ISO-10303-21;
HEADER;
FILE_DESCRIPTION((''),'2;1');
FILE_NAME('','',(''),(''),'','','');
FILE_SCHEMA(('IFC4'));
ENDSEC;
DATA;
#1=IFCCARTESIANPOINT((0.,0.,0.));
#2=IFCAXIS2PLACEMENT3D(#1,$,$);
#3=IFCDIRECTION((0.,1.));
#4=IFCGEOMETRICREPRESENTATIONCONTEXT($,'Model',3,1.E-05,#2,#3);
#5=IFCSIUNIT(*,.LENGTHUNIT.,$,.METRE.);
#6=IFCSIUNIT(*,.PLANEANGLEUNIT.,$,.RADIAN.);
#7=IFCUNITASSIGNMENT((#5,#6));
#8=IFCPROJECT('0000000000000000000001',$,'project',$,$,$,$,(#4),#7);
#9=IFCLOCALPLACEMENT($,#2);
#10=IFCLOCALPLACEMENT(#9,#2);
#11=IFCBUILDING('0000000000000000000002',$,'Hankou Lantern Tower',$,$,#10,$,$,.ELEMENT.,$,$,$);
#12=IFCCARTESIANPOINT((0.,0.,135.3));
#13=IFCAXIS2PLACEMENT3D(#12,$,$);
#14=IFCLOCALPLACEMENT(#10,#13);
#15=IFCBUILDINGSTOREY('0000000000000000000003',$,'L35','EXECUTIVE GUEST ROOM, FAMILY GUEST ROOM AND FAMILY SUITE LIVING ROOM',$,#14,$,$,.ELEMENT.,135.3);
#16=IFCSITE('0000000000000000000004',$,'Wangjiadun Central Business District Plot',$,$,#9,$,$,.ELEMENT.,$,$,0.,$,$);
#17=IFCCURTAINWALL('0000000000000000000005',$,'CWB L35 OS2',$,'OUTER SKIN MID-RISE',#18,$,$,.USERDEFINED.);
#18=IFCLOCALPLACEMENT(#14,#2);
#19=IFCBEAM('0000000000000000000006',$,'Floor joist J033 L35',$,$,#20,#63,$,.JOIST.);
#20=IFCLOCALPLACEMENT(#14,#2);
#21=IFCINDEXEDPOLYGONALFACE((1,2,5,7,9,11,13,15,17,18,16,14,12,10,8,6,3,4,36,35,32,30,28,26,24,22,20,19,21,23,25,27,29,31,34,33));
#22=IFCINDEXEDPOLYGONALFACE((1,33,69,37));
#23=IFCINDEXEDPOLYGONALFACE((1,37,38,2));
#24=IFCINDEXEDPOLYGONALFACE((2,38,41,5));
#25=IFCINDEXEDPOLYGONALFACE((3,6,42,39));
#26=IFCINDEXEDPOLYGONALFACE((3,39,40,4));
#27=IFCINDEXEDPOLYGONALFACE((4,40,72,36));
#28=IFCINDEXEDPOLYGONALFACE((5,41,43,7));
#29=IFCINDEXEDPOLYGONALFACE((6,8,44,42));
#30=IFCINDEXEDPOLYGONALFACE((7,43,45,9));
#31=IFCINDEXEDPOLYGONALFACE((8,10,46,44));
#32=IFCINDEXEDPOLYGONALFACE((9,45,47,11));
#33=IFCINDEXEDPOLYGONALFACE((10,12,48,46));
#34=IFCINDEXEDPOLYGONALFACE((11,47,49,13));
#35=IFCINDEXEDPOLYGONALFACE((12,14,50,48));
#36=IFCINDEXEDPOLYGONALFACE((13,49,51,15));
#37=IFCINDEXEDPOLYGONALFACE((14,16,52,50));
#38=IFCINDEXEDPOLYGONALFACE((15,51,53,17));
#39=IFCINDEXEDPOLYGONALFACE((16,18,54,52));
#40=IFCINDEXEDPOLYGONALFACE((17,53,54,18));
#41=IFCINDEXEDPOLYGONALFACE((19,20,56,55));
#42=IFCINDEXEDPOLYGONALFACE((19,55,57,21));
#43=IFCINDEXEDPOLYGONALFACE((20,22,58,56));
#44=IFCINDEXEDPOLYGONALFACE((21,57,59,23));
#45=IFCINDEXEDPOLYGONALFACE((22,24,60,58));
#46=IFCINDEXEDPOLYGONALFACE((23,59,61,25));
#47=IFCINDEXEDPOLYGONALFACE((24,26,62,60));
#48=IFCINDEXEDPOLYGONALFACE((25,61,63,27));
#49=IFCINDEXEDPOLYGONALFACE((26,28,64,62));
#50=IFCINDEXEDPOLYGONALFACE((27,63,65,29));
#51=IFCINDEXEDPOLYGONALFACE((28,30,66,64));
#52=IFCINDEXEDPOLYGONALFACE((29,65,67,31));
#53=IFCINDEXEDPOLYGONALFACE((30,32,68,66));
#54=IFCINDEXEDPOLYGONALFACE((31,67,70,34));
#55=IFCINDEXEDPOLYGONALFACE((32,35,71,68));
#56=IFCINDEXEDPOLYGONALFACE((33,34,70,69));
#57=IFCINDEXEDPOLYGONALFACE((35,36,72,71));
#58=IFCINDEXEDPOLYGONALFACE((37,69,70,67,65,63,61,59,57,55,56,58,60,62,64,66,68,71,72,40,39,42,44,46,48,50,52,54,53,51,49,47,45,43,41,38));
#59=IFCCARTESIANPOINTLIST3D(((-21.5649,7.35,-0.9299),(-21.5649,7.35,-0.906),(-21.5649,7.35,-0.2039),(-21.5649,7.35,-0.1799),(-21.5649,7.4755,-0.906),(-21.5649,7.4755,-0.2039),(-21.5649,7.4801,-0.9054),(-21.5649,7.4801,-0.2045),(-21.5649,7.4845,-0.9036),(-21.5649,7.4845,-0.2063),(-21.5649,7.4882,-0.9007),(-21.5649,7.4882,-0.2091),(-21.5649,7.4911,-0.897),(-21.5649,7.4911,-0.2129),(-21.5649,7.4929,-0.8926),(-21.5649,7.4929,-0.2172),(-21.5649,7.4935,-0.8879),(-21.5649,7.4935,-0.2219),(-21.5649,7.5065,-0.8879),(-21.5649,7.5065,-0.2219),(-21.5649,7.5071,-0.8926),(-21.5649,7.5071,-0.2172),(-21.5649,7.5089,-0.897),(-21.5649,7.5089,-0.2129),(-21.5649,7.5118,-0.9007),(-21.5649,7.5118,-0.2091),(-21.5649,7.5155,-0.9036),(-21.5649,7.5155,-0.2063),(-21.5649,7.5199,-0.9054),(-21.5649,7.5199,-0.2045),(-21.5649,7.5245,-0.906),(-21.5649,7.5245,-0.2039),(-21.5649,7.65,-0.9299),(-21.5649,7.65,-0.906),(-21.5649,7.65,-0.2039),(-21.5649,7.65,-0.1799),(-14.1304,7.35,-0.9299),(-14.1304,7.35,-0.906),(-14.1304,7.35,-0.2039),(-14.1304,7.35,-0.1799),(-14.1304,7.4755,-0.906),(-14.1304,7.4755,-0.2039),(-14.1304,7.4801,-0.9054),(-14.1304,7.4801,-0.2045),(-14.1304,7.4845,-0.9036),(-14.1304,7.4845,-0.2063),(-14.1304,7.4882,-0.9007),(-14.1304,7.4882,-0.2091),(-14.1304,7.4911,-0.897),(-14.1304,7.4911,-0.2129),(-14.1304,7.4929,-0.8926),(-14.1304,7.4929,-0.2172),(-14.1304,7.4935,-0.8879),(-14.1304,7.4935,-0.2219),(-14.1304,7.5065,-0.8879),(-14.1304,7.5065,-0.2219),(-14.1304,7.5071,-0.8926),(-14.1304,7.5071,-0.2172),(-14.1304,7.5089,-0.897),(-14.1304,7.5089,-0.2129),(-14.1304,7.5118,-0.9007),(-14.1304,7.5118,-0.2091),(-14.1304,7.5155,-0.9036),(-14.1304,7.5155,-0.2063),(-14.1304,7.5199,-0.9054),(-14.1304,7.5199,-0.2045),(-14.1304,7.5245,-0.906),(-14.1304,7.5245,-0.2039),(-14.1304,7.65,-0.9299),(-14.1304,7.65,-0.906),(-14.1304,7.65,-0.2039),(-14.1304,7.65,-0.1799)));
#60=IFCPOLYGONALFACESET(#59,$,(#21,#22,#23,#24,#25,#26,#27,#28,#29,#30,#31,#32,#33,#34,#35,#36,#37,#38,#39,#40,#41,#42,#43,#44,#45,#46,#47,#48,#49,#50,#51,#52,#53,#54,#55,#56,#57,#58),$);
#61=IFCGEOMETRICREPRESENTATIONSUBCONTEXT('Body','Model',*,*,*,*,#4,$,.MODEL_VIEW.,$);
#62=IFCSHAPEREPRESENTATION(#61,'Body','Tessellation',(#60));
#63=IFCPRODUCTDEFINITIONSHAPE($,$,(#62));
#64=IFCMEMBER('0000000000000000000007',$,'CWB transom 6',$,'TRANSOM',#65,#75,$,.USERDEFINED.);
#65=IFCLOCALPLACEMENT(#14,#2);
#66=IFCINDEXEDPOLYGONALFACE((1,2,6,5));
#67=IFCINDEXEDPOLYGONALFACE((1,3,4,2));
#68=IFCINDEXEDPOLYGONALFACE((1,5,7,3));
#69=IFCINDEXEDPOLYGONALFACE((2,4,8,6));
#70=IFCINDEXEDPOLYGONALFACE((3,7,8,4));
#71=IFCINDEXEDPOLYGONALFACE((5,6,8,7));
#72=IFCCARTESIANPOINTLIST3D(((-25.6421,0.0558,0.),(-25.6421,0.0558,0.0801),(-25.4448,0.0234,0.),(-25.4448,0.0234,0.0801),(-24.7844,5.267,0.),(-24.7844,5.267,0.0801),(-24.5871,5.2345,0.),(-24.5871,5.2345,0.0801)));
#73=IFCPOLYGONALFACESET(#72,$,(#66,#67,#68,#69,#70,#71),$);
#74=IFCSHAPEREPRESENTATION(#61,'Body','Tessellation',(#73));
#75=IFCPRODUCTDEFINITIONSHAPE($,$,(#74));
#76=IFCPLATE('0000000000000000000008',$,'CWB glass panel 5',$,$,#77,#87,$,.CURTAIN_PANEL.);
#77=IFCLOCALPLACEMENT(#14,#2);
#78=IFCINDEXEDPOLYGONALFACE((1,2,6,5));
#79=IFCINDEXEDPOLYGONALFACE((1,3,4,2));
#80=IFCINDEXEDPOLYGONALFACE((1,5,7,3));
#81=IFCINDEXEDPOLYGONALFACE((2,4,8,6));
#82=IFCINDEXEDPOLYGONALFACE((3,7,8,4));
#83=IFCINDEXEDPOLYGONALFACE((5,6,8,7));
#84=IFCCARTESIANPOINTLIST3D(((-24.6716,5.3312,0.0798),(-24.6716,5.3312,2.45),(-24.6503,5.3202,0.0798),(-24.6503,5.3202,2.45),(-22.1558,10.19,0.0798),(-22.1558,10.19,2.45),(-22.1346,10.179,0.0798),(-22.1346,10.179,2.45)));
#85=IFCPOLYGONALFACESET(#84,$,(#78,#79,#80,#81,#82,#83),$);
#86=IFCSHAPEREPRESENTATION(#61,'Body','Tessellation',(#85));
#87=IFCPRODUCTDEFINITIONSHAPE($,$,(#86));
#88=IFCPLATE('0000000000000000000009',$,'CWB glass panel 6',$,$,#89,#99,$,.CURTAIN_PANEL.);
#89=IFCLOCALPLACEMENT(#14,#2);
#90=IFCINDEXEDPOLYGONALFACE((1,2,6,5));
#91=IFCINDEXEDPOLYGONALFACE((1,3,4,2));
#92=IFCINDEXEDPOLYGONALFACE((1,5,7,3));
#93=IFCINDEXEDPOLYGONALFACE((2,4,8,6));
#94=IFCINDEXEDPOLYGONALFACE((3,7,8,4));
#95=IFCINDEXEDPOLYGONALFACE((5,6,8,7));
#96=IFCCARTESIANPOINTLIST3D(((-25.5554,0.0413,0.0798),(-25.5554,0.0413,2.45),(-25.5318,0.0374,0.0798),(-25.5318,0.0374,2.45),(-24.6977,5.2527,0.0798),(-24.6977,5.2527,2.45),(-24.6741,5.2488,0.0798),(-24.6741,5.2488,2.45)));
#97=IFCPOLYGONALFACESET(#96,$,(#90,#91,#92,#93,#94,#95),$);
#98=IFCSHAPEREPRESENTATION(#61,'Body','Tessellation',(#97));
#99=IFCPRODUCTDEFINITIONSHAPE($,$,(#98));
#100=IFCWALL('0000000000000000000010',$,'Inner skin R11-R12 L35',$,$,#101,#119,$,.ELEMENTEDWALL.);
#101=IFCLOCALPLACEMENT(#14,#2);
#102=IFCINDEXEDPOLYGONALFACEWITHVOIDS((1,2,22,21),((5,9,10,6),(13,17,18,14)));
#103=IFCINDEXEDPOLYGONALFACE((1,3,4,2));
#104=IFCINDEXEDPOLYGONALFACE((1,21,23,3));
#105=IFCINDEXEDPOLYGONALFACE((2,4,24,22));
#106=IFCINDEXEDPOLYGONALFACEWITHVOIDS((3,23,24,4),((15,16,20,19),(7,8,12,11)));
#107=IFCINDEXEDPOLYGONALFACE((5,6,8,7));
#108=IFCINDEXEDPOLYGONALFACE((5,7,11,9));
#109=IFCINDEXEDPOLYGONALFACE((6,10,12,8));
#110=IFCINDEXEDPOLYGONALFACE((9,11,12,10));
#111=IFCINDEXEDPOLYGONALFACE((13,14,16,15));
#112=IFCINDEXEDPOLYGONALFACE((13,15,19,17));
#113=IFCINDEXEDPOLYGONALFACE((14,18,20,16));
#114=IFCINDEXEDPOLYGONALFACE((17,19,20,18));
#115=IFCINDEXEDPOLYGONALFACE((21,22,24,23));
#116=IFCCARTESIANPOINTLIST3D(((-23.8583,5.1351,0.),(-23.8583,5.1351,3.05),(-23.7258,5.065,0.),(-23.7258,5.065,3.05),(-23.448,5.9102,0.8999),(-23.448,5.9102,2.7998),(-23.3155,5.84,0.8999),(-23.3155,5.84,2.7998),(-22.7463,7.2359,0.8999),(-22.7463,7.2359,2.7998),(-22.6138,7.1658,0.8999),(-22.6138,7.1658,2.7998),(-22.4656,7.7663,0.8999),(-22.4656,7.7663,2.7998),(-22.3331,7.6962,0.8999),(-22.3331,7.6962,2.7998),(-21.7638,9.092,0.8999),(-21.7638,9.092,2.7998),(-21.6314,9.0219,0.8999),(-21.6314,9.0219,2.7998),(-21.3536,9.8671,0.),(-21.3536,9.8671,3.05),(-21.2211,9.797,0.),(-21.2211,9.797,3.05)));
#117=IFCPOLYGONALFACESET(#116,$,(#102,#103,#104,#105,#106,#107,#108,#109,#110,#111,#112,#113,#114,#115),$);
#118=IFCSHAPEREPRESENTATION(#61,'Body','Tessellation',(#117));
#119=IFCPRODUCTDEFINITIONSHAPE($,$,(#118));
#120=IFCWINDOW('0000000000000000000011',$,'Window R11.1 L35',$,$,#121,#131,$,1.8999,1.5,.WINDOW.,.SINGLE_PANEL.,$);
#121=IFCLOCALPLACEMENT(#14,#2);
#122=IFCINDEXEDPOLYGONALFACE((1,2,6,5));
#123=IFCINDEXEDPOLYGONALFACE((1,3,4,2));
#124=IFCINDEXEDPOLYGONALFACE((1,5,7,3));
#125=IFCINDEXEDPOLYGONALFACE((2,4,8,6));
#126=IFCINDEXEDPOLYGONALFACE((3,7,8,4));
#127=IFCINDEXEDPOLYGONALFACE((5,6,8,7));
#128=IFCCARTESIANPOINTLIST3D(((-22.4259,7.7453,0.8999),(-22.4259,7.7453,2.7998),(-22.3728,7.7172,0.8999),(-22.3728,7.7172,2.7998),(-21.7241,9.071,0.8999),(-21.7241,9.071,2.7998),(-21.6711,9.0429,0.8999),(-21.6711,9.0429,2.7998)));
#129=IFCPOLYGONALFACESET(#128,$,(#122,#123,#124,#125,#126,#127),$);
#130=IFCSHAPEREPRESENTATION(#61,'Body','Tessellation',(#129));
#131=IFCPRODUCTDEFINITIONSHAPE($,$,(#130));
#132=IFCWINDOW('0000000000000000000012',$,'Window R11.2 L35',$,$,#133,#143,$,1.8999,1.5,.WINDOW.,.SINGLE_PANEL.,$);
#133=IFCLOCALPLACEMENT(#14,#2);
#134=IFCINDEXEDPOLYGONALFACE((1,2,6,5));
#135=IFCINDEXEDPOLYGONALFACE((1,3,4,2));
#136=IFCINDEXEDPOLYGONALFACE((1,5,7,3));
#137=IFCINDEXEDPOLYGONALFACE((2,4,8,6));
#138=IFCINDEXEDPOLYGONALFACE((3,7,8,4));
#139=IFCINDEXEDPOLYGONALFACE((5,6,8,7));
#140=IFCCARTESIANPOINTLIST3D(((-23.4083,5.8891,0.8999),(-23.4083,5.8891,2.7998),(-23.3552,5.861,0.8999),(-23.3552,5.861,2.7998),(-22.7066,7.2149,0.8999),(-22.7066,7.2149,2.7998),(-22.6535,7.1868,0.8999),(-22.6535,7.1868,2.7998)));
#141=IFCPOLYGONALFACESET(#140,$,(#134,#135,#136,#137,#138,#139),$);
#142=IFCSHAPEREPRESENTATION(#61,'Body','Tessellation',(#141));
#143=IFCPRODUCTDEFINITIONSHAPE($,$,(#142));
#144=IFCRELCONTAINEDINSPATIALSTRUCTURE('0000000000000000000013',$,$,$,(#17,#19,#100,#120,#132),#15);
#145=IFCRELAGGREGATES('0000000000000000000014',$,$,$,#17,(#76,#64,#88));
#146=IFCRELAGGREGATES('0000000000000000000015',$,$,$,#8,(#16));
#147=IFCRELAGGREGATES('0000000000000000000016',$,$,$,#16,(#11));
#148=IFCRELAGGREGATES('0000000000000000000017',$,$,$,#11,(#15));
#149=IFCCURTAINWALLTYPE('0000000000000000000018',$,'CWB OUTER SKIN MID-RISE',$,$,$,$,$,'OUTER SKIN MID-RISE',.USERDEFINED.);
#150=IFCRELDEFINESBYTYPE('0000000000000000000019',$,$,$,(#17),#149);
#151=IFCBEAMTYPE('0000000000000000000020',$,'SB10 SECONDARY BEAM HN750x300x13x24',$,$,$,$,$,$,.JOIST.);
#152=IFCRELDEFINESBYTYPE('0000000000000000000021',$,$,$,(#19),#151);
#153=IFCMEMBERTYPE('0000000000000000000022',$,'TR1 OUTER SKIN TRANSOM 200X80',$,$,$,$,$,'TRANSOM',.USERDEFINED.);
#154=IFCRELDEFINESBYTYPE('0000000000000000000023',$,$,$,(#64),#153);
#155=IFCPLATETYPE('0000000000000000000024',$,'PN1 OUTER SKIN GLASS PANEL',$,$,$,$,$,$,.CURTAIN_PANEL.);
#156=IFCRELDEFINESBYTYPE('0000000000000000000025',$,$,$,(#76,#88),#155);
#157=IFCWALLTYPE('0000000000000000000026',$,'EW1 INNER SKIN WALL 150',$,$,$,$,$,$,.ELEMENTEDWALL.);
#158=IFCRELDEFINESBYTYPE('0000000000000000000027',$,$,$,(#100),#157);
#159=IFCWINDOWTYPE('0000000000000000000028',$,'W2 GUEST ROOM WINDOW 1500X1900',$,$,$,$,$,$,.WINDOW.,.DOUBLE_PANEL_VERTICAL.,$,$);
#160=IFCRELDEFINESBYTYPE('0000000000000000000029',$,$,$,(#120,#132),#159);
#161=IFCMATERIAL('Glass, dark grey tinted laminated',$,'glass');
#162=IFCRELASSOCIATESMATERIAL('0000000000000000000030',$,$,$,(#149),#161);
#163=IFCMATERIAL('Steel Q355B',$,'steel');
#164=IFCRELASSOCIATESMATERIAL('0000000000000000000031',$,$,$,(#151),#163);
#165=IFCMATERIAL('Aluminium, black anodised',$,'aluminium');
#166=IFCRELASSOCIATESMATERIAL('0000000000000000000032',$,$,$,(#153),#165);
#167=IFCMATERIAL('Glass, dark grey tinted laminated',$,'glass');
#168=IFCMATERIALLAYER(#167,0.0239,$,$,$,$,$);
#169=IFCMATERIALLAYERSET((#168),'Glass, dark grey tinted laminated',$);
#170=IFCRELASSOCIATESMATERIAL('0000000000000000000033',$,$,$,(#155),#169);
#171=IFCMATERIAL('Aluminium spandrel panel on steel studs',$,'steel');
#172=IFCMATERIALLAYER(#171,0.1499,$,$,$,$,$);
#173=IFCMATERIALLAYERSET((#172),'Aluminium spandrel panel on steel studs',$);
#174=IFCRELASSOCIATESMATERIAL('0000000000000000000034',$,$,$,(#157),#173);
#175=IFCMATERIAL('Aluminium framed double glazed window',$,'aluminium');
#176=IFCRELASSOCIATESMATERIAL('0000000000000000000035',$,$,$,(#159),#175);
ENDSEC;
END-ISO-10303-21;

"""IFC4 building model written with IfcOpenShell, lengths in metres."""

from ifc_helpers import new_model, si_unit, direction, frame, frame_2d, origin, origin_2d, place, context, subcontext, project, spatial, rectangle, i_section, extrude, material, layer, layer_set, material_profile, profile_set, type_object, element, fill, aggregate, save


model = new_model("IFC4")

# Units and contexts
model_context = context("Model", 3, precision=1e-05, world=origin(), true_north=direction((0.0, 1.0)))
body_context = subcontext(model_context, "Body", "Model", "MODEL_VIEW")
ifc_project = project(units=[si_unit("LENGTHUNIT", "METRE"), si_unit("PLANEANGLEUNIT", "RADIAN")], contexts=[model_context])

# Site, building, storey
site_placement = place(None, origin())
site = spatial("IfcSite", under=ifc_project, at=site_placement, Name="Wangjiadun Central Business District Plot", CompositionType="ELEMENT", RefElevation=0.0)
building_placement = place(site_placement, origin())
building = spatial("IfcBuilding", under=site, at=building_placement, Name="Hankou Lantern Tower", CompositionType="ELEMENT")
storey_placement = place(building_placement, frame((0.0, 0.0, 135.3)))
storey = spatial("IfcBuildingStorey", under=building, at=storey_placement, Name="L35", Description="EXECUTIVE GUEST ROOM, FAMILY GUEST ROOM AND FAMILY SUITE LIVING ROOM", CompositionType="ELEMENT", Elevation=135.3)

# Curtain wall
ifc_material_1 = material(Name="Glass, dark grey tinted laminated", Category="glass")
curtain_wall_type = type_object("IfcCurtainWallType", Name="CWB OUTER SKIN MID-RISE", ElementType="OUTER SKIN MID-RISE", PredefinedType="USERDEFINED", material=ifc_material_1)
curtain_wall_placement = place(storey_placement, origin())
curtain_wall = element("IfcCurtainWall", 1, at=curtain_wall_placement, inside=storey, type_object=curtain_wall_type, Name="CWB L35 OS2", ObjectType="OUTER SKIN MID-RISE", PredefinedType="USERDEFINED")

# Beam
ifc_material_2 = material(Name="Steel Q355B", Category="steel")
ifc_material_profile_1 = material_profile(ifc_material_2, i_section(OverallWidth=0.3, OverallDepth=0.75, WebThickness=0.0129, FlangeThickness=0.0239, FilletRadius=0.0181, at=origin_2d()), Name="HN750x300x13x24")
ifc_profile_set_1 = profile_set([ifc_material_profile_1], Name="Steel Q355B")
beam_type_1 = type_object("IfcBeamType", Name="SB10 SECONDARY BEAM HN750x300x13x24", PredefinedType="JOIST", material=ifc_profile_set_1)
beam_1_placement = place(storey_placement, frame((-21.5649, 7.5, -0.5549), z_axis=(1.0, 0.0, 0.0), x_axis=(0.0, 1.0, 0.0)))
element("IfcBeam", 2, at=beam_1_placement, inside=storey, type_object=beam_type_1, Name="Floor joist J033 L35", PredefinedType="JOIST", context=body_context, shape_type="SweptSolid", body=[
    extrude(i_section(OverallWidth=0.3, OverallDepth=0.75, WebThickness=0.0129, FlangeThickness=0.0239, FilletRadius=0.0181, at=origin_2d()), origin(), (0.0, 0.0, 1.0), 7.4346),
])

# Member
ifc_material_3 = material(Name="Aluminium, black anodised", Category="aluminium")
ifc_material_profile_2 = material_profile(ifc_material_3, rectangle(XDim=0.2, YDim=0.0801, at=origin_2d()), Name="TR1 200X80")
ifc_profile_set_2 = profile_set([ifc_material_profile_2], Name="Aluminium, black anodised")
member_type_1 = type_object("IfcMemberType", Name="TR1 OUTER SKIN TRANSOM 200X80", ElementType="TRANSOM", PredefinedType="USERDEFINED", material=ifc_profile_set_2)
member_1_placement = place(storey_placement, frame((-24.6858, 5.2507, 0.04), z_axis=(-0.162397, -0.986725, 0.0), x_axis=(0.986725, -0.162397, 0.0)))
member_1 = element("IfcMember", 3, at=member_1_placement, type_object=member_type_1, Name="CWB transom 6", ObjectType="TRANSOM", PredefinedType="USERDEFINED", context=body_context, shape_type="SweptSolid", body=[
    extrude(rectangle(XDim=0.2, YDim=0.0801, at=origin_2d()), origin(), (0.0, 0.0, 1.0), 5.2812),
])

# Plates
ifc_material_4 = material(Name="Glass, dark grey tinted laminated", Category="glass")
ifc_layer_1 = layer(ifc_material_4, 0.0239)
ifc_layer_set_1 = layer_set([ifc_layer_1], Name="Glass, dark grey tinted laminated")
plate_type = type_object("IfcPlateType", Name="PN1 OUTER SKIN GLASS PANEL", PredefinedType="CURTAIN_PANEL", material=ifc_layer_set_1)
plate_1_placement = place(storey_placement, frame((-23.4031, 7.7551, 0.0798), z_axis=(0.0, 0.0, 1.0), x_axis=(-0.459791, -0.888027, 0.0)))
plate_1 = element("IfcPlate", 4, at=plate_1_placement, type_object=plate_type, Name="CWB glass panel 5", PredefinedType="CURTAIN_PANEL", context=body_context, shape_type="SweptSolid", body=[
    extrude(rectangle(XDim=5.4714, YDim=0.0239, at=origin_2d()), origin(), (0.0, 0.0, 1.0), 2.3701),
])
plate_2_placement = place(storey_placement, frame((-25.1147, 2.645, 0.0798), z_axis=(0.0, 0.0, 1.0), x_axis=(-0.162382, -0.986728, 0.0)))
plate_2 = element("IfcPlate", 5, at=plate_2_placement, type_object=plate_type, Name="CWB glass panel 6", PredefinedType="CURTAIN_PANEL", context=body_context, shape_type="SweptSolid", body=[
    extrude(rectangle(XDim=5.2815, YDim=0.0239, at=origin_2d()), origin(), (0.0, 0.0, 1.0), 2.3701),
])
aggregate(curtain_wall, [plate_1, member_1, plate_2])

# Wall, openings, windows
ifc_material_5 = material(Name="Aluminium spandrel panel on steel studs", Category="steel")
ifc_layer_2 = layer(ifc_material_5, 0.1499)
ifc_layer_set_2 = layer_set([ifc_layer_2], Name="Aluminium spandrel panel on steel studs")
wall_type = type_object("IfcWallType", Name="EW1 INNER SKIN WALL 150", PredefinedType="ELEMENTEDWALL", material=ifc_layer_set_2)
wall_1_placement = place(storey_placement, frame((-21.2874, 9.832, 0.0), z_axis=(0.0, 0.0, 1.0), x_axis=(-0.467814, -0.883827, 0.0)))
wall_1 = element("IfcWall", 6, at=wall_1_placement, inside=storey, type_object=wall_type, Name="Inner skin R11-R12 L35", PredefinedType="ELEMENTEDWALL", context=body_context, shape_type="SweptSolid", body=[
    extrude(rectangle(XDim=5.354, YDim=0.1499, at=frame_2d((2.677, 0.0))), origin(), (0.0, 0.0, 1.0), 3.05),
])
opening_1_placement = place(wall_1_placement, frame((0.877, 0.0, 0.8999)))
opening_1 = element("IfcOpeningElement", 7, at=opening_1_placement, cuts=wall_1, PredefinedType="OPENING", context=body_context, shape_type="SweptSolid", body=[
    extrude(rectangle(XDim=1.5, YDim=1.8999, at=frame_2d((0.75, 0.95))), frame((0.0, 0.085, 0.0), z_axis=(0.0, -1.0, 0.0), x_axis=(1.0, 0.0, 0.0)), (0.0, 0.0, 1.0), 0.1699),
])
opening_2_placement = place(wall_1_placement, frame((2.9771, 0.0, 0.8999)))
opening_2 = element("IfcOpeningElement", 8, at=opening_2_placement, cuts=wall_1, PredefinedType="OPENING", context=body_context, shape_type="SweptSolid", body=[
    extrude(rectangle(XDim=1.5, YDim=1.8999, at=frame_2d((0.75, 0.95))), frame((0.0, 0.085, 0.0), z_axis=(0.0, -1.0, 0.0), x_axis=(1.0, 0.0, 0.0)), (0.0, 0.0, 1.0), 0.1699),
])
ifc_material_6 = material(Name="Aluminium framed double glazed window", Category="aluminium")
window_type = type_object("IfcWindowType", Name="W2 GUEST ROOM WINDOW 1500X1900", PartitioningType="DOUBLE_PANEL_VERTICAL", PredefinedType="WINDOW", material=ifc_material_6)
window_1_placement = place(opening_1_placement, origin())
window_1 = element("IfcWindow", 9, at=window_1_placement, inside=storey, type_object=window_type, Name="Window R11.1 L35", OverallHeight=1.8999, OverallWidth=1.5, PartitioningType="SINGLE_PANEL", PredefinedType="WINDOW", context=body_context, shape_type="SweptSolid", body=[
    extrude(rectangle(XDim=1.5, YDim=1.8999, at=frame_2d((0.75, 0.95))), frame((0.0, 0.03, 0.0), z_axis=(0.0, -1.0, 0.0), x_axis=(1.0, 0.0, 0.0)), (0.0, 0.0, 1.0), 0.0601),
])
fill(opening_1, window_1)
window_2_placement = place(opening_2_placement, origin())
window_2 = element("IfcWindow", 10, at=window_2_placement, inside=storey, type_object=window_type, Name="Window R11.2 L35", OverallHeight=1.8999, OverallWidth=1.5, PartitioningType="SINGLE_PANEL", PredefinedType="WINDOW", context=body_context, shape_type="SweptSolid", body=[
    extrude(rectangle(XDim=1.5, YDim=1.8999, at=frame_2d((0.75, 0.95))), frame((0.0, 0.03, 0.0), z_axis=(0.0, -1.0, 0.0), x_axis=(1.0, 0.0, 0.0)), (0.0, 0.0, 1.0), 0.0601),
])
fill(opening_2, window_2)

save(model, "model.ifc")
